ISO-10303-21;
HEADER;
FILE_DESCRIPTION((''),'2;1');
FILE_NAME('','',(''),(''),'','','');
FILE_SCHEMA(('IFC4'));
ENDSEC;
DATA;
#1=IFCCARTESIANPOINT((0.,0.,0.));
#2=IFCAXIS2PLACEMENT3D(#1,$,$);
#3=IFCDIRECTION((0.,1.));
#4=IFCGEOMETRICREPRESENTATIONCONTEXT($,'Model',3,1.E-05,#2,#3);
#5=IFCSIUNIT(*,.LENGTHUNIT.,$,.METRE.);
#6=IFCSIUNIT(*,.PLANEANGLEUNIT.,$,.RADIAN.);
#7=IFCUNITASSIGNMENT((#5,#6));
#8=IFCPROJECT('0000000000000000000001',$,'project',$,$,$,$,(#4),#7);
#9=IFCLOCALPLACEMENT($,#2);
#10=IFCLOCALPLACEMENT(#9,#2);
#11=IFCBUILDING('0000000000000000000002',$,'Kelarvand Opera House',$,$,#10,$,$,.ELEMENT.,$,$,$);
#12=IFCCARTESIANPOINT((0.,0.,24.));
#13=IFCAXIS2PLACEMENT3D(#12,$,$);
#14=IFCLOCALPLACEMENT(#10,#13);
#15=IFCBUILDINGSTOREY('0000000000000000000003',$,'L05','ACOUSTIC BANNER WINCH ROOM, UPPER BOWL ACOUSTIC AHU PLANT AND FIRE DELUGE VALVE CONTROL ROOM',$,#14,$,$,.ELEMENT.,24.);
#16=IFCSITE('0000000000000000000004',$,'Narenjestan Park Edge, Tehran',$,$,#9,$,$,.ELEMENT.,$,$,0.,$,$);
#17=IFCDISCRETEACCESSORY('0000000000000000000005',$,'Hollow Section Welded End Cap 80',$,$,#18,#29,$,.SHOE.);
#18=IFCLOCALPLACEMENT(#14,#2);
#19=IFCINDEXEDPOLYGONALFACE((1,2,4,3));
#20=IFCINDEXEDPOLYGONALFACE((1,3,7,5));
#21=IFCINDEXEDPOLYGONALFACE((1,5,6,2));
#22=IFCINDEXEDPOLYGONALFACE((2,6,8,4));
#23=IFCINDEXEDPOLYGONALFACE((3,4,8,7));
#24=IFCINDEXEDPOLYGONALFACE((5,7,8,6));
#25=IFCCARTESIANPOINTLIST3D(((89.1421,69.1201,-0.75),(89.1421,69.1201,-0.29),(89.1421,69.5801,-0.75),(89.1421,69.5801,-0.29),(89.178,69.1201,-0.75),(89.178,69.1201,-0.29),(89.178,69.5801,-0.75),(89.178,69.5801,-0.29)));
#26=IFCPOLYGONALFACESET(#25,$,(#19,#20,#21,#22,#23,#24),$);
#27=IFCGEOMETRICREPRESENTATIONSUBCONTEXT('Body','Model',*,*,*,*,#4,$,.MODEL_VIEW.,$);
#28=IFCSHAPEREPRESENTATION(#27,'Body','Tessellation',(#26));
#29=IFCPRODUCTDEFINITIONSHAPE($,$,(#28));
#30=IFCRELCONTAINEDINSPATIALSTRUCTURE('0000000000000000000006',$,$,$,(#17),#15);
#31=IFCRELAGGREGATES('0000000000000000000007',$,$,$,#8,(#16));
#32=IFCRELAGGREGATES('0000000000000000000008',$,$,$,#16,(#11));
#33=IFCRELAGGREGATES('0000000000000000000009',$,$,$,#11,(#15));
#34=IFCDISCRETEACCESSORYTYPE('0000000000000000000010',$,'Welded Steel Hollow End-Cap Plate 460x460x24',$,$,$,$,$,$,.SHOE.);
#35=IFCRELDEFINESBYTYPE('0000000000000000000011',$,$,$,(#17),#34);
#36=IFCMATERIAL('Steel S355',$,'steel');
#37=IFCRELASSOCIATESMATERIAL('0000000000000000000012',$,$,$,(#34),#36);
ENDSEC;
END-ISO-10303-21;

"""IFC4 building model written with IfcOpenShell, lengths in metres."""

from ifc_helpers import new_model, si_unit, direction, frame, origin, origin_2d, place, context, subcontext, project, spatial, rectangle, extrude, material, material_profile, profile_set, type_object, element, save


model = new_model("IFC4")

# Units and contexts
model_context = context("Model", 3, precision=1e-05, world=origin(), true_north=direction((0.0, 1.0)))
body_context = subcontext(model_context, "Body", "Model", "MODEL_VIEW")
ifc_project = project(units=[si_unit("LENGTHUNIT", "METRE"), si_unit("PLANEANGLEUNIT", "RADIAN")], contexts=[model_context])

# Site, building, storey
site_placement = place(None, origin())
site = spatial("IfcSite", under=ifc_project, at=site_placement, Name="Narenjestan Park Edge, Tehran", CompositionType="ELEMENT", RefElevation=0.0)
building_placement = place(site_placement, origin())
building = spatial("IfcBuilding", under=site, at=building_placement, Name="Kelarvand Opera House", CompositionType="ELEMENT")
storey_placement = place(building_placement, frame((0.0, 0.0, 24.0)))
storey = spatial("IfcBuildingStorey", under=building, at=storey_placement, Name="L05", Description="ACOUSTIC BANNER WINCH ROOM, UPPER BOWL ACOUSTIC AHU PLANT AND FIRE DELUGE VALVE CONTROL ROOM", CompositionType="ELEMENT", Elevation=24.0)

# Discrete accessory
ifc_material_1 = material(Name="Steel S355", Category="steel")
ifc_material_profile_1 = material_profile(ifc_material_1, rectangle(XDim=0.46, YDim=0.46, at=origin_2d()), Name="Welded Steel Hollow End-Cap Plate 460x460x24", Category="steel")
ifc_profile_set_1 = profile_set([ifc_material_profile_1], Name="Steel S355")
discrete_accessory_type_1 = type_object("IfcDiscreteAccessoryType", Name="Welded Steel Hollow End-Cap Plate 460x460x24", PredefinedType="SHOE", material=ifc_profile_set_1)
for number, where, z_axis, x_axis, name in (
    (1, (89.1421, 69.3501, -0.52), (1.0, 0.0, 0.0), (0.0, 1.0, 0.0), "Hollow Section Welded End Cap 80"),
):
    element("IfcDiscreteAccessory", number, at=place(storey_placement, frame(where, z_axis=z_axis, x_axis=x_axis)), inside=storey, type_object=discrete_accessory_type_1, Name=name, PredefinedType="SHOE", context=body_context, shape_type="SweptSolid", body=[
        extrude(rectangle(XDim=0.46, YDim=0.46, at=origin_2d()), origin(), (0.0, 0.0, 1.0), 0.0359),
    ])

save(model, "model.ifc")
